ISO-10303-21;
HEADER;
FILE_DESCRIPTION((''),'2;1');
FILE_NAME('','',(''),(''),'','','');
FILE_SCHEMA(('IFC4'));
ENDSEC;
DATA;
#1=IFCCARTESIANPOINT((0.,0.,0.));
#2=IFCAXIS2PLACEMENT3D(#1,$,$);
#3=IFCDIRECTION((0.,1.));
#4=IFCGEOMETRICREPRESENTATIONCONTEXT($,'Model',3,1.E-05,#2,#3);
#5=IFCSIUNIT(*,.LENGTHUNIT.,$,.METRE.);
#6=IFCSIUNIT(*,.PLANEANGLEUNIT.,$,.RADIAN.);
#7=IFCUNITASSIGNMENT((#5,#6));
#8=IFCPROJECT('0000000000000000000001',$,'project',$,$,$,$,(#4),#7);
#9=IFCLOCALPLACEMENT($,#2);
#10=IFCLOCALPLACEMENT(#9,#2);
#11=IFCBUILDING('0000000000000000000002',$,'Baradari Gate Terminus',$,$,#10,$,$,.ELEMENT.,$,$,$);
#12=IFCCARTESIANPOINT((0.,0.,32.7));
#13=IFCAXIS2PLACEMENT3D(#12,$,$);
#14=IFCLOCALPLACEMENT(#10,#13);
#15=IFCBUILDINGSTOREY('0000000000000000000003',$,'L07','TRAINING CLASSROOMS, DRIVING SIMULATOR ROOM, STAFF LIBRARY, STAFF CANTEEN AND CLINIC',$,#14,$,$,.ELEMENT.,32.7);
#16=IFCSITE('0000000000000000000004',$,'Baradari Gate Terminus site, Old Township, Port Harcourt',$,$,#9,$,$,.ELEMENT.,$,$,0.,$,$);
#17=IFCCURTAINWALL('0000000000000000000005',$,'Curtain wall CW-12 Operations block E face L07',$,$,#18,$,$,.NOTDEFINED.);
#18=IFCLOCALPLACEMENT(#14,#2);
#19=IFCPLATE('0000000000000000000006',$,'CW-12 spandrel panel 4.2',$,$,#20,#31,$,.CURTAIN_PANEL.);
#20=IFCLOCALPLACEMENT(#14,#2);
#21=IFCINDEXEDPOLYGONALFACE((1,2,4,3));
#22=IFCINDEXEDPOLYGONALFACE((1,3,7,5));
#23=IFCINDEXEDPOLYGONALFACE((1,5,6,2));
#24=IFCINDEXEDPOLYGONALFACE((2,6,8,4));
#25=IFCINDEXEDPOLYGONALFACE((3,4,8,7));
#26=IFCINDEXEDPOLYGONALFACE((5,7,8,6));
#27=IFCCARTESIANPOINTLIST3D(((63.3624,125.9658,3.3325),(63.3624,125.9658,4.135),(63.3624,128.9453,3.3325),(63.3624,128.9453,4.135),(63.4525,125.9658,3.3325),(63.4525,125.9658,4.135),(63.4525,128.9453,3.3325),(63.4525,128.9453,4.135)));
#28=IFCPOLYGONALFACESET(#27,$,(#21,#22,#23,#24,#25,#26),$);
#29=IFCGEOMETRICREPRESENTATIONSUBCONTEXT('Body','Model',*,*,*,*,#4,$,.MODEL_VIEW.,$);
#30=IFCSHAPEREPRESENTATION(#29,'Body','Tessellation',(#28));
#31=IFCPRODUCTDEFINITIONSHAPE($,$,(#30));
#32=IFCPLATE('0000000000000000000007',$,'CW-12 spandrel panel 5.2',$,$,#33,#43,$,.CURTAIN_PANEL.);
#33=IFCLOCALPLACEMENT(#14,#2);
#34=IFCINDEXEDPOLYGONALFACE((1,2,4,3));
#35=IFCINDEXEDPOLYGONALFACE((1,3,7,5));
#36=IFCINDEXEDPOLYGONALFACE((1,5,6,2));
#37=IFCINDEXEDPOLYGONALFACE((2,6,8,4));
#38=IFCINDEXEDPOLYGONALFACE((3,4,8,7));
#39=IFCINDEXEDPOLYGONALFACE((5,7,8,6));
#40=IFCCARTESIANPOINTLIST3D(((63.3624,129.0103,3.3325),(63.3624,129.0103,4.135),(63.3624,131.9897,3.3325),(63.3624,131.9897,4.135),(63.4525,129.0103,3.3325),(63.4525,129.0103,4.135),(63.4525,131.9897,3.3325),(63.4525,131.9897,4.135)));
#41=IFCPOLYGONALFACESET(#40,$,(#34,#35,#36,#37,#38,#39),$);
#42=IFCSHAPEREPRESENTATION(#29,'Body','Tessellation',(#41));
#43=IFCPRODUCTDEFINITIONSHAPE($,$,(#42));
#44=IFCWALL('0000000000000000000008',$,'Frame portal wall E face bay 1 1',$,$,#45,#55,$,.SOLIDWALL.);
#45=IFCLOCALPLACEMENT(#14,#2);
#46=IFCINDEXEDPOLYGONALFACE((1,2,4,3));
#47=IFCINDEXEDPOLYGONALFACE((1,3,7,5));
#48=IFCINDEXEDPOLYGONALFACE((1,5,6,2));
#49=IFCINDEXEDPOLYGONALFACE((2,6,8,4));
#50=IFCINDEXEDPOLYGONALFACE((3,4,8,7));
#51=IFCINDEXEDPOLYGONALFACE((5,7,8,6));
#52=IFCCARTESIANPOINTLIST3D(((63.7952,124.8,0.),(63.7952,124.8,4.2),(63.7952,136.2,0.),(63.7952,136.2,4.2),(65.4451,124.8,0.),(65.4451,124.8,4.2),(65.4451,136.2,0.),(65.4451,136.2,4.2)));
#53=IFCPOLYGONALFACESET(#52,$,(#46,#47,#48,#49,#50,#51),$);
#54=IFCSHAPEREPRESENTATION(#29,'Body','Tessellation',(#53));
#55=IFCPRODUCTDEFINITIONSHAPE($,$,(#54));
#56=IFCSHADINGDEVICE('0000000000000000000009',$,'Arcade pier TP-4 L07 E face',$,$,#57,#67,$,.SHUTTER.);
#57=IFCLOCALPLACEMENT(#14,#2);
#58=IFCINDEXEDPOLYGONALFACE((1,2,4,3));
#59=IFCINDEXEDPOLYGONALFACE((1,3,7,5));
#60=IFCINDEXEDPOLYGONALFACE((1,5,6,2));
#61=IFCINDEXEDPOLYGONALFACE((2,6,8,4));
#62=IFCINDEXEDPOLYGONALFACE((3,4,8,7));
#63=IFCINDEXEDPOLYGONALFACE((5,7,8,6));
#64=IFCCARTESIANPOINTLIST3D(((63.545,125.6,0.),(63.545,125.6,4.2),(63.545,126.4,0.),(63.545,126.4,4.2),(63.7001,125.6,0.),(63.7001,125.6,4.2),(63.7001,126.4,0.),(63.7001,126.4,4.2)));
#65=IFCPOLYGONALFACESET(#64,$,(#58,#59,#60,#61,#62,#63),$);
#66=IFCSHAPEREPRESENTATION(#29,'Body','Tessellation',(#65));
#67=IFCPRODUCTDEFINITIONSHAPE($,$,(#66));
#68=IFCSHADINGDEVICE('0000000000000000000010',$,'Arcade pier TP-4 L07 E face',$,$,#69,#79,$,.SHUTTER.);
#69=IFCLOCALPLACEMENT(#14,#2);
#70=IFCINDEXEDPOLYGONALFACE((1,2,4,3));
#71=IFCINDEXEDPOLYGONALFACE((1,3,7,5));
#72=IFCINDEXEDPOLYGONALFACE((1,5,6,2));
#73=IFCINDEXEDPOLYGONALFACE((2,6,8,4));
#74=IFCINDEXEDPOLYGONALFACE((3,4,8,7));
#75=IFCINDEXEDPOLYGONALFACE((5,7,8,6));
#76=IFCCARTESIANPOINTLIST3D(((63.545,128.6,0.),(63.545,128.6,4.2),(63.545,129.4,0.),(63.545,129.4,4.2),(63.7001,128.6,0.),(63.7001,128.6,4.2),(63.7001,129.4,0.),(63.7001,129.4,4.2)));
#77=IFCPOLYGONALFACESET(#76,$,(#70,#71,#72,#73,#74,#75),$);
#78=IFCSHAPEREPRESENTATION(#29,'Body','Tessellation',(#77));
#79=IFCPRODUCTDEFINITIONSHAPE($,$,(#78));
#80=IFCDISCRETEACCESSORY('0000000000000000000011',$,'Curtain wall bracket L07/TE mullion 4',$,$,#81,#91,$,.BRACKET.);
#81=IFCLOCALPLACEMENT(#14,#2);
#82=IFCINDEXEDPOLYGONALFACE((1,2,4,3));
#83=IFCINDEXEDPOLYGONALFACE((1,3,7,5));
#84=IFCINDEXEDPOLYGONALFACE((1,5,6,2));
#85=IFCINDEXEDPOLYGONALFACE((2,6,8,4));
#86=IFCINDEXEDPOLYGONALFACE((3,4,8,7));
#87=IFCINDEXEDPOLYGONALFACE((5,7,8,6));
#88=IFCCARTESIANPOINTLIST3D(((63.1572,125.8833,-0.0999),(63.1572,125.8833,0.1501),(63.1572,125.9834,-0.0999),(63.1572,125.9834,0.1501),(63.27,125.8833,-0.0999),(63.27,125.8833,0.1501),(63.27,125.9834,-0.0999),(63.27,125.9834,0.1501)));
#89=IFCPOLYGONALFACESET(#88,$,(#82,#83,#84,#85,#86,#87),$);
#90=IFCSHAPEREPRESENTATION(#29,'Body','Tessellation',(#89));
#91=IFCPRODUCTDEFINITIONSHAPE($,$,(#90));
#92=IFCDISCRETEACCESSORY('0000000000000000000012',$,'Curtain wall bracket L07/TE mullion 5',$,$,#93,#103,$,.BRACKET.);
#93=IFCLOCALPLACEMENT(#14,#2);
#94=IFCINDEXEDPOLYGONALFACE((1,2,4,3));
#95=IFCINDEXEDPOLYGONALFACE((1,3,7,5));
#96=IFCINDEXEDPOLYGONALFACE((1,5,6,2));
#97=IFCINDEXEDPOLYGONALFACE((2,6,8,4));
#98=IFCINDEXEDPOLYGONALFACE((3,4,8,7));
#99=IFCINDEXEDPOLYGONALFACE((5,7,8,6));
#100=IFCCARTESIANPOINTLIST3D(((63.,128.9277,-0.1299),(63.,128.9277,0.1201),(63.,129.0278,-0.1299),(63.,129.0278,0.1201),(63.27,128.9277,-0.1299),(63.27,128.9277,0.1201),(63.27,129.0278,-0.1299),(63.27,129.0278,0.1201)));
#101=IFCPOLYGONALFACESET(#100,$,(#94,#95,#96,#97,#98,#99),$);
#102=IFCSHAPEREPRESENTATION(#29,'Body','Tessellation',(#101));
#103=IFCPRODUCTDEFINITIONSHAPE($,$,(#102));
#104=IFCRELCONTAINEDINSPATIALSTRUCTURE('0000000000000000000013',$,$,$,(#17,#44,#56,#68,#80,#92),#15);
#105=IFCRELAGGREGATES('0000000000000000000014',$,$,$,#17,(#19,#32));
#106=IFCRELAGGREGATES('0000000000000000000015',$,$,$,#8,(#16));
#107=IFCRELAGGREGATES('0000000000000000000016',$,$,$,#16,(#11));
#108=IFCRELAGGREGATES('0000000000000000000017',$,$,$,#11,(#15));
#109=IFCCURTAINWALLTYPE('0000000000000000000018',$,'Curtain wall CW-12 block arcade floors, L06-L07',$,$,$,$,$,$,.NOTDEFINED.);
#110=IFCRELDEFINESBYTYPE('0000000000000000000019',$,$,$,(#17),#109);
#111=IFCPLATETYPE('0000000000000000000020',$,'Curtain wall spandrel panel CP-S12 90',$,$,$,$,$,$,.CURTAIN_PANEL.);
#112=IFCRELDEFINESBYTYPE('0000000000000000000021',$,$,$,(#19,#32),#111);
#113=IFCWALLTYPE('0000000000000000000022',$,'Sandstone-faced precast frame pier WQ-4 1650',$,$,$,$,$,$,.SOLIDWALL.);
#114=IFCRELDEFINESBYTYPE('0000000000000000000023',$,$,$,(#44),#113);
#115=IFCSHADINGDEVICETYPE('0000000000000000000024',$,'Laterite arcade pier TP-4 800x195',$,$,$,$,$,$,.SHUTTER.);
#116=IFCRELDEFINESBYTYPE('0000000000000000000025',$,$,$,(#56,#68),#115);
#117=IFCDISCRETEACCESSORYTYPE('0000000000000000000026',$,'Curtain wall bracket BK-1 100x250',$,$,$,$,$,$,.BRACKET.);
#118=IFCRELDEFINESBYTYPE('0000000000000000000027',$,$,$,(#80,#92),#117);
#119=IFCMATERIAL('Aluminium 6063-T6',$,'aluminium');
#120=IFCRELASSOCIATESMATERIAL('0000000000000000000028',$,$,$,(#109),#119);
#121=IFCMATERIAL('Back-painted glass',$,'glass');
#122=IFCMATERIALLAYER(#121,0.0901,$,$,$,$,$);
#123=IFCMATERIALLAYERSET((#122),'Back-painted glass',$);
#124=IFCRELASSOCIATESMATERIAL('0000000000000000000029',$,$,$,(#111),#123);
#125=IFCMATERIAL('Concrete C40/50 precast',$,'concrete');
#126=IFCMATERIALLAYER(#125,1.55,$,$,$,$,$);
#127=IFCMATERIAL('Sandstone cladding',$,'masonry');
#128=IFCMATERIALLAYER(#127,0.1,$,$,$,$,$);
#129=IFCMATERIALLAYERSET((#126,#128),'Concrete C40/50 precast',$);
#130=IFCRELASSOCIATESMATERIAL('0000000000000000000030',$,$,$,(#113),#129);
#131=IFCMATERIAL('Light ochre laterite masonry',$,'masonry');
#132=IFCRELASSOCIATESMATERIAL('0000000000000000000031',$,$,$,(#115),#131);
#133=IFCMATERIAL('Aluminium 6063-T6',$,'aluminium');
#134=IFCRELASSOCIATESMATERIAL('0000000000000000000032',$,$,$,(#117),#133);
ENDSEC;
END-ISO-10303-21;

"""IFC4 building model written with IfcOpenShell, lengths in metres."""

from ifc_helpers import new_model, si_unit, direction, frame, origin, origin_2d, place, context, subcontext, project, spatial, polyline, rectangle, outline, extrude, material, layer, layer_set, type_object, element, aggregate, save


model = new_model("IFC4")

# Units and contexts
model_context = context("Model", 3, precision=1e-05, world=origin(), true_north=direction((0.0, 1.0)))
body_context = subcontext(model_context, "Body", "Model", "MODEL_VIEW")
ifc_project = project(units=[si_unit("LENGTHUNIT", "METRE"), si_unit("PLANEANGLEUNIT", "RADIAN")], contexts=[model_context])

# Site, building, storey
site_placement = place(None, origin())
site = spatial("IfcSite", under=ifc_project, at=site_placement, Name="Baradari Gate Terminus site, Old Township, Port Harcourt", CompositionType="ELEMENT", RefElevation=0.0)
building_placement = place(site_placement, origin())
building = spatial("IfcBuilding", under=site, at=building_placement, Name="Baradari Gate Terminus", CompositionType="ELEMENT")
storey_placement = place(building_placement, frame((0.0, 0.0, 32.7)))
storey = spatial("IfcBuildingStorey", under=building, at=storey_placement, Name="L07", Description="TRAINING CLASSROOMS, DRIVING SIMULATOR ROOM, STAFF LIBRARY, STAFF CANTEEN AND CLINIC", CompositionType="ELEMENT", Elevation=32.7)

# Curtain wall
ifc_material_1 = material(Name="Aluminium 6063-T6", Category="aluminium")
curtain_wall_type = type_object("IfcCurtainWallType", Name="Curtain wall CW-12 block arcade floors, L06-L07", PredefinedType="NOTDEFINED", material=ifc_material_1)
curtain_wall_placement = place(storey_placement, origin())
curtain_wall = element("IfcCurtainWall", 1, at=curtain_wall_placement, inside=storey, type_object=curtain_wall_type, Name="Curtain wall CW-12 Operations block E face L07", PredefinedType="NOTDEFINED")

# Plates
ifc_material_2 = material(Name="Back-painted glass", Category="glass")
ifc_layer_1 = layer(ifc_material_2, 0.0901)
ifc_layer_set_1 = layer_set([ifc_layer_1], Name="Back-painted glass")
plate_type_1 = type_object("IfcPlateType", Name="Curtain wall spandrel panel CP-S12 90", PredefinedType="CURTAIN_PANEL", material=ifc_layer_set_1)
plate_1_placement = place(storey_placement, frame((63.4075, 127.4556, 3.3325), z_axis=(0.0, 0.0, 1.0), x_axis=(0.0, 1.0, 0.0)))
plate_1 = element("IfcPlate", 2, at=plate_1_placement, type_object=plate_type_1, Name="CW-12 spandrel panel 4.2", PredefinedType="CURTAIN_PANEL", context=body_context, shape_type="SweptSolid", body=[
    extrude(rectangle(XDim=2.9795, YDim=0.0901, at=origin_2d()), origin(), (0.0, 0.0, 1.0), 0.8025),
])
plate_2_placement = place(storey_placement, frame((63.4075, 130.5, 3.3325), z_axis=(0.0, 0.0, 1.0), x_axis=(0.0, 1.0, 0.0)))
plate_2 = element("IfcPlate", 3, at=plate_2_placement, type_object=plate_type_1, Name="CW-12 spandrel panel 5.2", PredefinedType="CURTAIN_PANEL", context=body_context, shape_type="SweptSolid", body=[
    extrude(rectangle(XDim=2.9795, YDim=0.0901, at=origin_2d()), origin(), (0.0, 0.0, 1.0), 0.8025),
])
aggregate(curtain_wall, [plate_1, plate_2])

# Wall
ifc_material_3 = material(Name="Concrete C40/50 precast", Category="concrete")
ifc_layer_2 = layer(ifc_material_3, 1.55)
ifc_material_4 = material(Name="Sandstone cladding", Category="masonry")
ifc_layer_3 = layer(ifc_material_4, 0.1)
ifc_layer_set_2 = layer_set([ifc_layer_2, ifc_layer_3], Name="Concrete C40/50 precast")
wall_type = type_object("IfcWallType", Name="Sandstone-faced precast frame pier WQ-4 1650", PredefinedType="SOLIDWALL", material=ifc_layer_set_2)
wall_placement = place(storey_placement, frame((64.6201, 124.8, 0.0), z_axis=(0.0, 0.0, 1.0), x_axis=(0.0, 1.0, 0.0)))
element("IfcWall", 4, at=wall_placement, inside=storey, type_object=wall_type, Name="Frame portal wall E face bay 1 1", PredefinedType="SOLIDWALL", context=body_context, shape_type="SweptSolid", body=[
    extrude(outline(polyline([(11.3999, 0.0), (11.3999, 4.2), (0.0, 4.2), (0.0, 0.0), (11.3999, 0.0)])), frame((0.0, 0.825, 0.0), z_axis=(0.0, -1.0, 0.0), x_axis=(1.0, 0.0, 0.0)), (0.0, 0.0, 1.0), 1.6499),
])

# Shading devices
ifc_material_5 = material(Name="Light ochre laterite masonry", Category="masonry")
shading_device_type = type_object("IfcShadingDeviceType", Name="Laterite arcade pier TP-4 800x195", PredefinedType="SHUTTER", material=ifc_material_5)
for number, where, z_axis, x_axis, name in (
    (5, (63.6226, 126.0, 0.0), (0.0, 0.0, 1.0), (0.0, 1.0, 0.0), "Arcade pier TP-4 L07 E face"),
    (6, (63.6226, 129.0, 0.0), (0.0, 0.0, 1.0), (0.0, 1.0, 0.0), "Arcade pier TP-4 L07 E face"),
):
    element("IfcShadingDevice", number, at=place(storey_placement, frame(where, z_axis=z_axis, x_axis=x_axis)), inside=storey, type_object=shading_device_type, Name=name, PredefinedType="SHUTTER", context=body_context, shape_type="SweptSolid", body=[
        extrude(rectangle(XDim=0.8, YDim=0.155, at=origin_2d()), origin(), (0.0, 0.0, 1.0), 4.2),
    ])

# Discrete accessories
ifc_material_6 = material(Name="Aluminium 6063-T6", Category="aluminium")
discrete_accessory_type = type_object("IfcDiscreteAccessoryType", Name="Curtain wall bracket BK-1 100x250", PredefinedType="BRACKET", material=ifc_material_6)
discrete_accessory_1_placement = place(storey_placement, frame((63.2136, 125.9333, -0.0999), z_axis=(0.0, 0.0, 1.0), x_axis=(1.0, 0.0, 0.0)))
element("IfcDiscreteAccessory", 7, at=discrete_accessory_1_placement, inside=storey, type_object=discrete_accessory_type, Name="Curtain wall bracket L07/TE mullion 4", PredefinedType="BRACKET", context=body_context, shape_type="SweptSolid", body=[
    extrude(rectangle(XDim=0.1128, YDim=0.1001, at=origin_2d()), origin(), (0.0, 0.0, 1.0), 0.25),
])
discrete_accessory_2_placement = place(storey_placement, frame((63.135, 128.9778, -0.1299), z_axis=(0.0, 0.0, 1.0), x_axis=(1.0, 0.0, 0.0)))
element("IfcDiscreteAccessory", 8, at=discrete_accessory_2_placement, inside=storey, type_object=discrete_accessory_type, Name="Curtain wall bracket L07/TE mullion 5", PredefinedType="BRACKET", context=body_context, shape_type="SweptSolid", body=[
    extrude(rectangle(XDim=0.27, YDim=0.1001, at=origin_2d()), origin(), (0.0, 0.0, 1.0), 0.25),
])

save(model, "model.ifc")
